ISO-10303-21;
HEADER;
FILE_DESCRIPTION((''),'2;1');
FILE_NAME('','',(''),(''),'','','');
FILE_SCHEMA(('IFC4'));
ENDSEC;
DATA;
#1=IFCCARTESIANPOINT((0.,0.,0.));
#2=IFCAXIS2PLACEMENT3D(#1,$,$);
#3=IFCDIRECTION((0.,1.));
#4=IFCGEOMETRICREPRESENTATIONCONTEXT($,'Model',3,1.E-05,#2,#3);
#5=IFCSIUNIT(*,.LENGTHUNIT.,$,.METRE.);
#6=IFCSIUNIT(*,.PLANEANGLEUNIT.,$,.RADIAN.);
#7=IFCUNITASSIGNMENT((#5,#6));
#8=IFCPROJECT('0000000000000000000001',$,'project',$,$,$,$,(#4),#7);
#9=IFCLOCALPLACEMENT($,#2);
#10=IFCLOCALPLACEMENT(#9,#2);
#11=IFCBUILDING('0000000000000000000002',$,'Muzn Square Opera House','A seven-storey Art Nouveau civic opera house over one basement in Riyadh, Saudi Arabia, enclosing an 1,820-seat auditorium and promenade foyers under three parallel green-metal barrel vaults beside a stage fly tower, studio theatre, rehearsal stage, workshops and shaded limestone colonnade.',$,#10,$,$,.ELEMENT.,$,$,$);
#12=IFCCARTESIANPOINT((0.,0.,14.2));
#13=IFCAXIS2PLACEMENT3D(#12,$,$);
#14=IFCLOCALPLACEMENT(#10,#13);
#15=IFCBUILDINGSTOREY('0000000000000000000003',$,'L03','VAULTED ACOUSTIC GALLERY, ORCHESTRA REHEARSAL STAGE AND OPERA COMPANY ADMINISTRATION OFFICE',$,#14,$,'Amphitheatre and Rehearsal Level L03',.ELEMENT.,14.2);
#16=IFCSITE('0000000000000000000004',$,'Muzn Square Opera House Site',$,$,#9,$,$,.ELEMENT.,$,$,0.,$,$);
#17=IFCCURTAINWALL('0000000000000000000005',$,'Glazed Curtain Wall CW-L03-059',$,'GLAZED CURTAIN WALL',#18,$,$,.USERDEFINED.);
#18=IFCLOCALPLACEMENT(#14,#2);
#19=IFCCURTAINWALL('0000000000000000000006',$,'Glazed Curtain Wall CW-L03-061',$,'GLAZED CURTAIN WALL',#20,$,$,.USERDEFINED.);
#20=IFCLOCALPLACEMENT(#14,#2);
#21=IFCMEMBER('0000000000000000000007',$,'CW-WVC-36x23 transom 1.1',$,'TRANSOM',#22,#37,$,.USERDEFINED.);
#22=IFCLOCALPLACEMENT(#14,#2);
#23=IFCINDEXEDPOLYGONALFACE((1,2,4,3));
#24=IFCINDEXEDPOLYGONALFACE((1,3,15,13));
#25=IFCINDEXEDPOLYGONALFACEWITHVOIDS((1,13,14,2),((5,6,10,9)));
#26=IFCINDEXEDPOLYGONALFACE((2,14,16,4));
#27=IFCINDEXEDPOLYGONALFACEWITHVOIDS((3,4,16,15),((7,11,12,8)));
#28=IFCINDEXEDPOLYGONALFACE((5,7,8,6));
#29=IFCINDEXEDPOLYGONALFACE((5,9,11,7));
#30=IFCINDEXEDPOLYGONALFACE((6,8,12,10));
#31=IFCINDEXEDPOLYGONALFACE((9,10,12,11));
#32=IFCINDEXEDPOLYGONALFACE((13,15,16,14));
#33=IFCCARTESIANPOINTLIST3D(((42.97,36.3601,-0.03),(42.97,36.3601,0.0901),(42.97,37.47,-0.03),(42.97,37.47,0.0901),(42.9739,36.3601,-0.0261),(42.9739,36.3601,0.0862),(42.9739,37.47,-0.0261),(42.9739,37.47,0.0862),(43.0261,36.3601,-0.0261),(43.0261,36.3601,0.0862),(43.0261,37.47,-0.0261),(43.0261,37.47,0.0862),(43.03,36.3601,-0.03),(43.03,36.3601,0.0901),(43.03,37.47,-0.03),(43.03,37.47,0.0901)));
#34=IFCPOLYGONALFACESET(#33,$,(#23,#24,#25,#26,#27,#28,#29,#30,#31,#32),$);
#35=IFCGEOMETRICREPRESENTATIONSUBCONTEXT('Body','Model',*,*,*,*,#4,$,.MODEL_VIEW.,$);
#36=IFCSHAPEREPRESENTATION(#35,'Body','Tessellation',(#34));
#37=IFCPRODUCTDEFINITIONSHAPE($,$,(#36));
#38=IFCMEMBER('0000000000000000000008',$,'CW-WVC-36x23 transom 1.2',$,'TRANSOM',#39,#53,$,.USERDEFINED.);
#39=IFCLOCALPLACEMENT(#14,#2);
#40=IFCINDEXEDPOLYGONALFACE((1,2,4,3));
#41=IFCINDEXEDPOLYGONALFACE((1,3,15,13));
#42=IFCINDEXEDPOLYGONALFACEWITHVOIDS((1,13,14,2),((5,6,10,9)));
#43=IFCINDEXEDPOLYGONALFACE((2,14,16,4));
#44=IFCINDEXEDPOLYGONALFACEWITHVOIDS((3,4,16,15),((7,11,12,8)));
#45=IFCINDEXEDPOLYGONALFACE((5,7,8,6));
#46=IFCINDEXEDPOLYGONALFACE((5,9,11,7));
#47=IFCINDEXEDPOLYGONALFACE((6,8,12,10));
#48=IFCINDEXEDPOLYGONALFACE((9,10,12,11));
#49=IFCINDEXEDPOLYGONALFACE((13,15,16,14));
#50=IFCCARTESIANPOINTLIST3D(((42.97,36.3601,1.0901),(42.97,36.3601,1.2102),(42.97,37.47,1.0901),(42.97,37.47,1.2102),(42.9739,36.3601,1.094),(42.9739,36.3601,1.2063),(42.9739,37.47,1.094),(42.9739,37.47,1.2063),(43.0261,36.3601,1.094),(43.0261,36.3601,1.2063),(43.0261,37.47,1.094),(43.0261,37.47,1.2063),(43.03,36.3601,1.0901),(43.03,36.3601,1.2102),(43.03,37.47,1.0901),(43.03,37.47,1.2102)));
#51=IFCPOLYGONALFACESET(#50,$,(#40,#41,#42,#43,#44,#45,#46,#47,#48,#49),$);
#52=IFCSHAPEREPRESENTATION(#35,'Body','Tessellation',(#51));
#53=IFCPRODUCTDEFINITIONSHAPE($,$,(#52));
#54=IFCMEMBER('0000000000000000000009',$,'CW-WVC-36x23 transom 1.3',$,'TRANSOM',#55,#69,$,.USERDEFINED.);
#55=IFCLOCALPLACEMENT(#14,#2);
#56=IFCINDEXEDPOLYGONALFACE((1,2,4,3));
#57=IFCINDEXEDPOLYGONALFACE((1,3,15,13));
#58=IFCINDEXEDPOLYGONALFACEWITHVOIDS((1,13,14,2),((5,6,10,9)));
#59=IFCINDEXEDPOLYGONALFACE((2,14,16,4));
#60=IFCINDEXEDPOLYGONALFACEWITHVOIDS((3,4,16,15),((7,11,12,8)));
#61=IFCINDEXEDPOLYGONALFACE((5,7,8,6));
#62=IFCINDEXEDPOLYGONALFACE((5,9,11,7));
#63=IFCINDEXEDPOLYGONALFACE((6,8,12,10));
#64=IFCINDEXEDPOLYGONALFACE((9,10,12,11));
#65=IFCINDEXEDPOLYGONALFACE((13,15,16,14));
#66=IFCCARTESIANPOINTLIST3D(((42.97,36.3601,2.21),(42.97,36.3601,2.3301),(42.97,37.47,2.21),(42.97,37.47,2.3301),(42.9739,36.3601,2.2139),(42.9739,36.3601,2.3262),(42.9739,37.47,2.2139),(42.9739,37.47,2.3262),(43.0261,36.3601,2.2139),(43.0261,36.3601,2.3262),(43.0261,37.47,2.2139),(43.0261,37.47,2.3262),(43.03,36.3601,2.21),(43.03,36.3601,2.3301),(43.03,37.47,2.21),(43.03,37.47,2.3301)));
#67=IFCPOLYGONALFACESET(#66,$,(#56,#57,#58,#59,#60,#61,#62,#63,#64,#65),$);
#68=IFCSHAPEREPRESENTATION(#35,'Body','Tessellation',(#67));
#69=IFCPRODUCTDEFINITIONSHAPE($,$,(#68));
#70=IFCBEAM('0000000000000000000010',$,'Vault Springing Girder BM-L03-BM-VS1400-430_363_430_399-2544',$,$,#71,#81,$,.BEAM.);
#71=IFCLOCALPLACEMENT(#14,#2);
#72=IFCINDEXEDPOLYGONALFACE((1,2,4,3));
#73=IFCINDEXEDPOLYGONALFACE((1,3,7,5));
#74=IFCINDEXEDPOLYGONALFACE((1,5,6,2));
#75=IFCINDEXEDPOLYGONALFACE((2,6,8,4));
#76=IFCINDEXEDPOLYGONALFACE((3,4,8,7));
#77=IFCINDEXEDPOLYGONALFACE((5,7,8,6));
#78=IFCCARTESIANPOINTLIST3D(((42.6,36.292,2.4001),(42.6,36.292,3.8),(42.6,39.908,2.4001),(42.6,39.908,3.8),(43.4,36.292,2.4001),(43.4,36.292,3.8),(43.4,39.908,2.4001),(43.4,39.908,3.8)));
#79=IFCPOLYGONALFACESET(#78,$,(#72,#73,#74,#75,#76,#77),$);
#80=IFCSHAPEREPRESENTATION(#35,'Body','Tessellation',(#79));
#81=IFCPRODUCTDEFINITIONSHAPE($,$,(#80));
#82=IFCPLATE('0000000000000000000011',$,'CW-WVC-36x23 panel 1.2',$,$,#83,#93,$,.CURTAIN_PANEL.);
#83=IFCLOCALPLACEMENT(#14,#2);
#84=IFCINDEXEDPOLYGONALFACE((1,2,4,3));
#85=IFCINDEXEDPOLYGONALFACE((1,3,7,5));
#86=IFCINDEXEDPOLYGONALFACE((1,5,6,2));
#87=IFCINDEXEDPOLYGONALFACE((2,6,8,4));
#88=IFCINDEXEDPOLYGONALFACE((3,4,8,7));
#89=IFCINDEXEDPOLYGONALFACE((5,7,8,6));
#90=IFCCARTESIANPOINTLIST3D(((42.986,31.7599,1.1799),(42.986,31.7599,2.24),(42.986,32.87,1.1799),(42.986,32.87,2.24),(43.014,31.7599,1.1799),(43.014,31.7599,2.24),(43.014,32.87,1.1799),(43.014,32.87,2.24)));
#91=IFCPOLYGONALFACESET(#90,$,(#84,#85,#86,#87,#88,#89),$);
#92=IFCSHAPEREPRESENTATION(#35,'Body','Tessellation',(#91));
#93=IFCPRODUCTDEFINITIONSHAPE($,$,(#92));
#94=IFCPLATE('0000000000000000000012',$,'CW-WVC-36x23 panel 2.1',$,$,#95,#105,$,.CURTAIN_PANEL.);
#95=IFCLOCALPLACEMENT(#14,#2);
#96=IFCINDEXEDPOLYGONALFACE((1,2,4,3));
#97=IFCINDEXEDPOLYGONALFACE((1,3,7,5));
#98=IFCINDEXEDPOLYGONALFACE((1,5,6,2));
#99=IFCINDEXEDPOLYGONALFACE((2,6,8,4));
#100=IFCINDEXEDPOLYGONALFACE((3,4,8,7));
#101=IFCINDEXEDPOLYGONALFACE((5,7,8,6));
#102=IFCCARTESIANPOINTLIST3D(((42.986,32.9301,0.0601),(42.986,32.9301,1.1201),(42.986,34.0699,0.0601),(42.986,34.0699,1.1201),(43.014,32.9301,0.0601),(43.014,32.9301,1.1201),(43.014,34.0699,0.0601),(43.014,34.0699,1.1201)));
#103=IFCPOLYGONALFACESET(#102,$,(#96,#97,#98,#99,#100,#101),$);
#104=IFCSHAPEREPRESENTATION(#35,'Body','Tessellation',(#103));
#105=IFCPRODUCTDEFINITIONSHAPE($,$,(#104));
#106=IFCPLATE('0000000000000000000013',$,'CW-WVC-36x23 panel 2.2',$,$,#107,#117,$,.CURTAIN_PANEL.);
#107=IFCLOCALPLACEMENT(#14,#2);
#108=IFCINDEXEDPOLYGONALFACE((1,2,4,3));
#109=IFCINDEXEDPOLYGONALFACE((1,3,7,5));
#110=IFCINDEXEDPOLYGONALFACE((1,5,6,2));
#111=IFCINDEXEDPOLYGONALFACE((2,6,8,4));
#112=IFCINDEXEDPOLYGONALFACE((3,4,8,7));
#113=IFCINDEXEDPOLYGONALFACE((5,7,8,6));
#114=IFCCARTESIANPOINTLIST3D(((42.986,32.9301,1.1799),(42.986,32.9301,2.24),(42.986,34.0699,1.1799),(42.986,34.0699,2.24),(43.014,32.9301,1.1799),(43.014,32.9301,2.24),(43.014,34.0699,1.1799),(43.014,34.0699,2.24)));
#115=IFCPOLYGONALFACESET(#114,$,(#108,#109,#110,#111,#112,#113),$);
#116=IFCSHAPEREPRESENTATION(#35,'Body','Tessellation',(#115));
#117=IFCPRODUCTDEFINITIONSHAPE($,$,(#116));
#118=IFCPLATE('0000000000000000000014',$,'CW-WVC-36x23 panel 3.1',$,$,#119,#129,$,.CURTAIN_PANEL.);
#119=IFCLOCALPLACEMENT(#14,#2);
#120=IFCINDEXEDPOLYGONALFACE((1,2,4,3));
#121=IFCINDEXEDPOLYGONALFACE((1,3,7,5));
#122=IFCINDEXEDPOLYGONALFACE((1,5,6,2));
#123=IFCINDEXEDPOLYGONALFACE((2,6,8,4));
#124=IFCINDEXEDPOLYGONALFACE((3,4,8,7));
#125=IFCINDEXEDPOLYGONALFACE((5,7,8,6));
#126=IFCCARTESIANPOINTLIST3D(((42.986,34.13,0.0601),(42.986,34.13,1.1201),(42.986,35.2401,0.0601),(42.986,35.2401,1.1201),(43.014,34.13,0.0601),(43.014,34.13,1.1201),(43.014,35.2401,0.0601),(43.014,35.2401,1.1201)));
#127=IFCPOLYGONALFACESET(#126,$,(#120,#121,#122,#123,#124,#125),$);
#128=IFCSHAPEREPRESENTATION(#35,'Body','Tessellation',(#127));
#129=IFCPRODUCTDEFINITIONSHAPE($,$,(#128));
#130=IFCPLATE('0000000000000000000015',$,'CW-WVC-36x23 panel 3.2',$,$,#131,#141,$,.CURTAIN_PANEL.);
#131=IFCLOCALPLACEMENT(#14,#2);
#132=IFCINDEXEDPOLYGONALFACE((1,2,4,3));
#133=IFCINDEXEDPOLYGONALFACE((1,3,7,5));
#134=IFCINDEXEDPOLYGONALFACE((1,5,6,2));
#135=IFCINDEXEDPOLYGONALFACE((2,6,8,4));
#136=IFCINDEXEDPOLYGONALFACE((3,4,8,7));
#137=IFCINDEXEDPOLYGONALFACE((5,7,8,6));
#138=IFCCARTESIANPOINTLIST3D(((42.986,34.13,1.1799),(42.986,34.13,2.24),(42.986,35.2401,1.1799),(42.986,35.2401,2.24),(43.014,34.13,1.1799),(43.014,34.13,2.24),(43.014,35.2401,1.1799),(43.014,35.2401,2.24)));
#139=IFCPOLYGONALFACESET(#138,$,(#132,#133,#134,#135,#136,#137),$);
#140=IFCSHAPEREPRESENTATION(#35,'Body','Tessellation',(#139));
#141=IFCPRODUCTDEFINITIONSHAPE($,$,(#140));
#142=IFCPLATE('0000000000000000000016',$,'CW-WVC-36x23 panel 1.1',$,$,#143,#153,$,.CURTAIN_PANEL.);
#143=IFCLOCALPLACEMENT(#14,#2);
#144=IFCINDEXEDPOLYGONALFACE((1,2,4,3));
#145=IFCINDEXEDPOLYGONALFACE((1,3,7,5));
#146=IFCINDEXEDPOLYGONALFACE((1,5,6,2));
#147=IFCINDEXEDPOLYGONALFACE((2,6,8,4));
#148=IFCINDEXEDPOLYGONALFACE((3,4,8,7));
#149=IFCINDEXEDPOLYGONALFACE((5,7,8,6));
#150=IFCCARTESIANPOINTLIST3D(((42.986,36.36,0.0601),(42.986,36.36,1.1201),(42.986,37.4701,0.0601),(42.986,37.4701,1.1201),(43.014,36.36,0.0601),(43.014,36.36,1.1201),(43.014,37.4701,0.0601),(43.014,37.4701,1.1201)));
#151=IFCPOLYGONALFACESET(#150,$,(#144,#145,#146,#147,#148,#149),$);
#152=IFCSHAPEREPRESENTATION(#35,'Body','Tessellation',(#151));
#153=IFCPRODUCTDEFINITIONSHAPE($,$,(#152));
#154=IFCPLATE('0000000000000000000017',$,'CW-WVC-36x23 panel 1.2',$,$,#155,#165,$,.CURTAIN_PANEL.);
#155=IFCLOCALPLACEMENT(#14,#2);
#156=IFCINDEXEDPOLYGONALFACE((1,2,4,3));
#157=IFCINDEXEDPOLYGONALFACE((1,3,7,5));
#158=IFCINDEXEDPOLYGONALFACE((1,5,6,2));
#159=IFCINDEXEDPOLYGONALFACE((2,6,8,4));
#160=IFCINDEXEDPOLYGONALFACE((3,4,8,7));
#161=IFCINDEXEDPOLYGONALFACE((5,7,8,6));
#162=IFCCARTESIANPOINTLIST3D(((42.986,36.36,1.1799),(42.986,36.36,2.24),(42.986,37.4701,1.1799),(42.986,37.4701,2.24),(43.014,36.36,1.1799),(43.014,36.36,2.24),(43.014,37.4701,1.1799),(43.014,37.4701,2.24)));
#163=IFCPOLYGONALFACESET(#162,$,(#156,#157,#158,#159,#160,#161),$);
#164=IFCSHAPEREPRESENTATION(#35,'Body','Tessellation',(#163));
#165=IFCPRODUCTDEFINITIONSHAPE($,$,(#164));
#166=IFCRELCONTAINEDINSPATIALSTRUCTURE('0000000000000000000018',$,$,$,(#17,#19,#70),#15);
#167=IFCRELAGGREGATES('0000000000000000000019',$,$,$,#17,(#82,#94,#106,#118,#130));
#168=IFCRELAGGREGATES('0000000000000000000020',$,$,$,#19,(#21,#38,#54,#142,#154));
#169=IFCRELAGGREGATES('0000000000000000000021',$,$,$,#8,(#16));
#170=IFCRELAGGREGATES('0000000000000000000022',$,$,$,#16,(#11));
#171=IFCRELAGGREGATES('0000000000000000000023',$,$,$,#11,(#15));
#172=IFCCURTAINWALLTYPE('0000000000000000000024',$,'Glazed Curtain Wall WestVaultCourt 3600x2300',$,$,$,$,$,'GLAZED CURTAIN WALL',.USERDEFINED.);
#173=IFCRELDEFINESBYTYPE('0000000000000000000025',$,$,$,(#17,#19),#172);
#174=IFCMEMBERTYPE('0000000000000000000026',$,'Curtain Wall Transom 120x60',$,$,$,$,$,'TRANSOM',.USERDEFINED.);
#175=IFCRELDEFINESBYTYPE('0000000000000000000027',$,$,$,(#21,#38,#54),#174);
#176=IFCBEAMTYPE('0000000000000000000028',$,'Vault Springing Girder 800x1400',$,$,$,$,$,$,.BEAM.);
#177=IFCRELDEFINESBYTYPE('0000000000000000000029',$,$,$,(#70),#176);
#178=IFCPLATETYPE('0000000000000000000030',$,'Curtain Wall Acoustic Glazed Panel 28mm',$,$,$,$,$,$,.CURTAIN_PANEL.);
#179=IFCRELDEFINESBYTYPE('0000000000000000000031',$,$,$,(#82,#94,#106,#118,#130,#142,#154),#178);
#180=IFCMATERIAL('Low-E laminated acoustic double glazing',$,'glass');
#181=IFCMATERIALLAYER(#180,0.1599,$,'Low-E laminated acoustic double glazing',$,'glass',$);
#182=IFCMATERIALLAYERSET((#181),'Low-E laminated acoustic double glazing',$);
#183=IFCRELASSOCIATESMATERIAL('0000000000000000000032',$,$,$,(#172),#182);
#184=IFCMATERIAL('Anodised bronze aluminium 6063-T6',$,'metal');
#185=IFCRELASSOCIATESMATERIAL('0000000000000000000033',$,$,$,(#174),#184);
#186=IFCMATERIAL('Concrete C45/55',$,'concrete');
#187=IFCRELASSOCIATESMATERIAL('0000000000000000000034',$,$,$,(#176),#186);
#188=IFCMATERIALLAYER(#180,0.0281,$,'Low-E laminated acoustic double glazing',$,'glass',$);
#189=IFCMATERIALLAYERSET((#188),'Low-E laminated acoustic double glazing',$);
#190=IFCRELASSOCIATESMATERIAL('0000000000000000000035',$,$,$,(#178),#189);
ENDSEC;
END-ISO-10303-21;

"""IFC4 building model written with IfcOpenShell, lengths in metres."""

from ifc_helpers import new_model, si_unit, direction, frame, origin, origin_2d, place, context, subcontext, project, spatial, rectangle, hollow_rectangle, extrude, material, layer, layer_set, material_profile, profile_set, type_object, element, aggregate, save


model = new_model("IFC4")

# Units and contexts
model_context = context("Model", 3, precision=1e-05, world=origin(), true_north=direction((0.0, 1.0)))
body_context = subcontext(model_context, "Body", "Model", "MODEL_VIEW")
ifc_project = project(units=[si_unit("LENGTHUNIT", "METRE"), si_unit("PLANEANGLEUNIT", "RADIAN")], contexts=[model_context])

# Site, building, storey
site_placement = place(None, origin())
site = spatial("IfcSite", under=ifc_project, at=site_placement, Name="Muzn Square Opera House Site", CompositionType="ELEMENT", RefElevation=0.0)
building_placement = place(site_placement, origin())
building = spatial("IfcBuilding", under=site, at=building_placement, Name="Muzn Square Opera House", Description="A seven-storey Art Nouveau civic opera house over one basement in Riyadh, Saudi Arabia, enclosing an 1,820-seat auditorium and promenade foyers under three parallel green-metal barrel vaults beside a stage fly tower, studio theatre, rehearsal stage, workshops and shaded limestone colonnade.", CompositionType="ELEMENT")
storey_placement = place(building_placement, frame((0.0, 0.0, 14.2)))
storey = spatial("IfcBuildingStorey", under=building, at=storey_placement, Name="L03", Description="VAULTED ACOUSTIC GALLERY, ORCHESTRA REHEARSAL STAGE AND OPERA COMPANY ADMINISTRATION OFFICE", LongName="Amphitheatre and Rehearsal Level L03", CompositionType="ELEMENT", Elevation=14.2)

# Shared definitions
ifc_material_1 = material(Name="Concrete C45/55", Category="concrete")

# Curtain wall
ifc_material_2 = material(Name="Low-E laminated acoustic double glazing", Category="glass")
ifc_layer_1 = layer(ifc_material_2, 0.1599, Name="Low-E laminated acoustic double glazing", Category="glass")
ifc_layer_set_1 = layer_set([ifc_layer_1], Name="Low-E laminated acoustic double glazing")
curtain_wall_type = type_object("IfcCurtainWallType", Name="Glazed Curtain Wall WestVaultCourt 3600x2300", ElementType="GLAZED CURTAIN WALL", PredefinedType="USERDEFINED", material=ifc_layer_set_1)
curtain_wall_1_placement = place(storey_placement, origin())
curtain_wall_1 = element("IfcCurtainWall", 1, at=curtain_wall_1_placement, inside=storey, type_object=curtain_wall_type, Name="Glazed Curtain Wall CW-L03-059", ObjectType="GLAZED CURTAIN WALL", PredefinedType="USERDEFINED")
ifc_material_3 = material(Name="Anodised bronze aluminium 6063-T6", Category="metal")

# Curtain wall
curtain_wall_2_placement = place(storey_placement, origin())
curtain_wall_2 = element("IfcCurtainWall", 2, at=curtain_wall_2_placement, inside=storey, type_object=curtain_wall_type, Name="Glazed Curtain Wall CW-L03-061", ObjectType="GLAZED CURTAIN WALL", PredefinedType="USERDEFINED")

# Members
ifc_material_profile_1 = material_profile(ifc_material_3, hollow_rectangle(XDim=0.0601, YDim=0.1201, WallThickness=0.0039, at=origin_2d()), Name="ALU 120x60x4", Category="metal")
ifc_profile_set_1 = profile_set([ifc_material_profile_1], Name="Anodised bronze aluminium 6063-T6")
member_type_1 = type_object("IfcMemberType", Name="Curtain Wall Transom 120x60", ElementType="TRANSOM", PredefinedType="USERDEFINED", material=ifc_profile_set_1)
member_1_placement = place(storey_placement, frame((43.0, 36.3601, 0.03), z_axis=(0.0, 1.0, 0.0), x_axis=(-1.0, 0.0, 0.0)))
member_1 = element("IfcMember", 3, at=member_1_placement, type_object=member_type_1, Name="CW-WVC-36x23 transom 1.1", ObjectType="TRANSOM", PredefinedType="USERDEFINED", context=body_context, shape_type="SweptSolid", body=[
    extrude(hollow_rectangle(XDim=0.0601, YDim=0.1201, WallThickness=0.0039, at=origin_2d()), origin(), (0.0, 0.0, 1.0), 1.1099),
])
member_2_placement = place(storey_placement, frame((43.0, 36.3601, 1.1501), z_axis=(0.0, 1.0, 0.0), x_axis=(-1.0, 0.0, 0.0)))
member_2 = element("IfcMember", 4, at=member_2_placement, type_object=member_type_1, Name="CW-WVC-36x23 transom 1.2", ObjectType="TRANSOM", PredefinedType="USERDEFINED", context=body_context, shape_type="SweptSolid", body=[
    extrude(hollow_rectangle(XDim=0.0601, YDim=0.1201, WallThickness=0.0039, at=origin_2d()), origin(), (0.0, 0.0, 1.0), 1.1099),
])
member_3_placement = place(storey_placement, frame((43.0, 36.3601, 2.27), z_axis=(0.0, 1.0, 0.0), x_axis=(-1.0, 0.0, 0.0)))
member_3 = element("IfcMember", 5, at=member_3_placement, type_object=member_type_1, Name="CW-WVC-36x23 transom 1.3", ObjectType="TRANSOM", PredefinedType="USERDEFINED", context=body_context, shape_type="SweptSolid", body=[
    extrude(hollow_rectangle(XDim=0.0601, YDim=0.1201, WallThickness=0.0039, at=origin_2d()), origin(), (0.0, 0.0, 1.0), 1.1099),
])

# Beam
ifc_material_profile_2 = material_profile(ifc_material_1, rectangle(XDim=0.8, YDim=1.3999, at=origin_2d()), Name="RCB 800x1400", Category="concrete")
ifc_profile_set_2 = profile_set([ifc_material_profile_2], Name="Concrete C45/55")
beam_type = type_object("IfcBeamType", Name="Vault Springing Girder 800x1400", PredefinedType="BEAM", material=ifc_profile_set_2)
beam_placement = place(storey_placement, frame((43.0, 36.292, 3.1001), z_axis=(0.0, 1.0, 0.0), x_axis=(-1.0, 0.0, 0.0)))
element("IfcBeam", 6, at=beam_placement, inside=storey, type_object=beam_type, Name="Vault Springing Girder BM-L03-BM-VS1400-430_363_430_399-2544", PredefinedType="BEAM", context=body_context, shape_type="SweptSolid", body=[
    extrude(rectangle(XDim=0.8, YDim=1.3999, at=origin_2d()), origin(), (0.0, 0.0, 1.0), 3.616),
])

# Plates
ifc_layer_2 = layer(ifc_material_2, 0.0281, Name="Low-E laminated acoustic double glazing", Category="glass")
ifc_layer_set_2 = layer_set([ifc_layer_2], Name="Low-E laminated acoustic double glazing")
plate_type = type_object("IfcPlateType", Name="Curtain Wall Acoustic Glazed Panel 28mm", PredefinedType="CURTAIN_PANEL", material=ifc_layer_set_2)
plate_1_placement = place(storey_placement, frame((43.0, 32.3149, 1.1799), z_axis=(0.0, 0.0, 1.0), x_axis=(0.0, 1.0, 0.0)))
plate_1 = element("IfcPlate", 7, at=plate_1_placement, type_object=plate_type, Name="CW-WVC-36x23 panel 1.2", PredefinedType="CURTAIN_PANEL", context=body_context, shape_type="SweptSolid", body=[
    extrude(rectangle(XDim=1.1101, YDim=0.0281, at=origin_2d()), origin(), (0.0, 0.0, 1.0), 1.0601),
])
plate_2_placement = place(storey_placement, frame((43.0, 33.5, 0.0601), z_axis=(0.0, 0.0, 1.0), x_axis=(0.0, 1.0, 0.0)))
plate_2 = element("IfcPlate", 8, at=plate_2_placement, type_object=plate_type, Name="CW-WVC-36x23 panel 2.1", PredefinedType="CURTAIN_PANEL", context=body_context, shape_type="SweptSolid", body=[
    extrude(rectangle(XDim=1.1399, YDim=0.0281, at=origin_2d()), origin(), (0.0, 0.0, 1.0), 1.0601),
])
plate_3_placement = place(storey_placement, frame((43.0, 33.5, 1.1799), z_axis=(0.0, 0.0, 1.0), x_axis=(0.0, 1.0, 0.0)))
plate_3 = element("IfcPlate", 9, at=plate_3_placement, type_object=plate_type, Name="CW-WVC-36x23 panel 2.2", PredefinedType="CURTAIN_PANEL", context=body_context, shape_type="SweptSolid", body=[
    extrude(rectangle(XDim=1.1399, YDim=0.0281, at=origin_2d()), origin(), (0.0, 0.0, 1.0), 1.0601),
])
plate_4_placement = place(storey_placement, frame((43.0, 34.6851, 0.0601), z_axis=(0.0, 0.0, 1.0), x_axis=(0.0, 1.0, 0.0)))
plate_4 = element("IfcPlate", 10, at=plate_4_placement, type_object=plate_type, Name="CW-WVC-36x23 panel 3.1", PredefinedType="CURTAIN_PANEL", context=body_context, shape_type="SweptSolid", body=[
    extrude(rectangle(XDim=1.1101, YDim=0.0281, at=origin_2d()), origin(), (0.0, 0.0, 1.0), 1.0601),
])
plate_5_placement = place(storey_placement, frame((43.0, 34.6851, 1.1799), z_axis=(0.0, 0.0, 1.0), x_axis=(0.0, 1.0, 0.0)))
plate_5 = element("IfcPlate", 11, at=plate_5_placement, type_object=plate_type, Name="CW-WVC-36x23 panel 3.2", PredefinedType="CURTAIN_PANEL", context=body_context, shape_type="SweptSolid", body=[
    extrude(rectangle(XDim=1.1101, YDim=0.0281, at=origin_2d()), origin(), (0.0, 0.0, 1.0), 1.0601),
])
aggregate(curtain_wall_1, [plate_1, plate_2, plate_3, plate_4, plate_5])
plate_6_placement = place(storey_placement, frame((43.0, 36.915, 0.0601), z_axis=(0.0, 0.0, 1.0), x_axis=(0.0, 1.0, 0.0)))
plate_6 = element("IfcPlate", 12, at=plate_6_placement, type_object=plate_type, Name="CW-WVC-36x23 panel 1.1", PredefinedType="CURTAIN_PANEL", context=body_context, shape_type="SweptSolid", body=[
    extrude(rectangle(XDim=1.1101, YDim=0.0281, at=origin_2d()), origin(), (0.0, 0.0, 1.0), 1.0601),
])
plate_7_placement = place(storey_placement, frame((43.0, 36.915, 1.1799), z_axis=(0.0, 0.0, 1.0), x_axis=(0.0, 1.0, 0.0)))
plate_7 = element("IfcPlate", 13, at=plate_7_placement, type_object=plate_type, Name="CW-WVC-36x23 panel 1.2", PredefinedType="CURTAIN_PANEL", context=body_context, shape_type="SweptSolid", body=[
    extrude(rectangle(XDim=1.1101, YDim=0.0281, at=origin_2d()), origin(), (0.0, 0.0, 1.0), 1.0601),
])
aggregate(curtain_wall_2, [member_1, member_2, member_3, plate_6, plate_7])

save(model, "model.ifc")
